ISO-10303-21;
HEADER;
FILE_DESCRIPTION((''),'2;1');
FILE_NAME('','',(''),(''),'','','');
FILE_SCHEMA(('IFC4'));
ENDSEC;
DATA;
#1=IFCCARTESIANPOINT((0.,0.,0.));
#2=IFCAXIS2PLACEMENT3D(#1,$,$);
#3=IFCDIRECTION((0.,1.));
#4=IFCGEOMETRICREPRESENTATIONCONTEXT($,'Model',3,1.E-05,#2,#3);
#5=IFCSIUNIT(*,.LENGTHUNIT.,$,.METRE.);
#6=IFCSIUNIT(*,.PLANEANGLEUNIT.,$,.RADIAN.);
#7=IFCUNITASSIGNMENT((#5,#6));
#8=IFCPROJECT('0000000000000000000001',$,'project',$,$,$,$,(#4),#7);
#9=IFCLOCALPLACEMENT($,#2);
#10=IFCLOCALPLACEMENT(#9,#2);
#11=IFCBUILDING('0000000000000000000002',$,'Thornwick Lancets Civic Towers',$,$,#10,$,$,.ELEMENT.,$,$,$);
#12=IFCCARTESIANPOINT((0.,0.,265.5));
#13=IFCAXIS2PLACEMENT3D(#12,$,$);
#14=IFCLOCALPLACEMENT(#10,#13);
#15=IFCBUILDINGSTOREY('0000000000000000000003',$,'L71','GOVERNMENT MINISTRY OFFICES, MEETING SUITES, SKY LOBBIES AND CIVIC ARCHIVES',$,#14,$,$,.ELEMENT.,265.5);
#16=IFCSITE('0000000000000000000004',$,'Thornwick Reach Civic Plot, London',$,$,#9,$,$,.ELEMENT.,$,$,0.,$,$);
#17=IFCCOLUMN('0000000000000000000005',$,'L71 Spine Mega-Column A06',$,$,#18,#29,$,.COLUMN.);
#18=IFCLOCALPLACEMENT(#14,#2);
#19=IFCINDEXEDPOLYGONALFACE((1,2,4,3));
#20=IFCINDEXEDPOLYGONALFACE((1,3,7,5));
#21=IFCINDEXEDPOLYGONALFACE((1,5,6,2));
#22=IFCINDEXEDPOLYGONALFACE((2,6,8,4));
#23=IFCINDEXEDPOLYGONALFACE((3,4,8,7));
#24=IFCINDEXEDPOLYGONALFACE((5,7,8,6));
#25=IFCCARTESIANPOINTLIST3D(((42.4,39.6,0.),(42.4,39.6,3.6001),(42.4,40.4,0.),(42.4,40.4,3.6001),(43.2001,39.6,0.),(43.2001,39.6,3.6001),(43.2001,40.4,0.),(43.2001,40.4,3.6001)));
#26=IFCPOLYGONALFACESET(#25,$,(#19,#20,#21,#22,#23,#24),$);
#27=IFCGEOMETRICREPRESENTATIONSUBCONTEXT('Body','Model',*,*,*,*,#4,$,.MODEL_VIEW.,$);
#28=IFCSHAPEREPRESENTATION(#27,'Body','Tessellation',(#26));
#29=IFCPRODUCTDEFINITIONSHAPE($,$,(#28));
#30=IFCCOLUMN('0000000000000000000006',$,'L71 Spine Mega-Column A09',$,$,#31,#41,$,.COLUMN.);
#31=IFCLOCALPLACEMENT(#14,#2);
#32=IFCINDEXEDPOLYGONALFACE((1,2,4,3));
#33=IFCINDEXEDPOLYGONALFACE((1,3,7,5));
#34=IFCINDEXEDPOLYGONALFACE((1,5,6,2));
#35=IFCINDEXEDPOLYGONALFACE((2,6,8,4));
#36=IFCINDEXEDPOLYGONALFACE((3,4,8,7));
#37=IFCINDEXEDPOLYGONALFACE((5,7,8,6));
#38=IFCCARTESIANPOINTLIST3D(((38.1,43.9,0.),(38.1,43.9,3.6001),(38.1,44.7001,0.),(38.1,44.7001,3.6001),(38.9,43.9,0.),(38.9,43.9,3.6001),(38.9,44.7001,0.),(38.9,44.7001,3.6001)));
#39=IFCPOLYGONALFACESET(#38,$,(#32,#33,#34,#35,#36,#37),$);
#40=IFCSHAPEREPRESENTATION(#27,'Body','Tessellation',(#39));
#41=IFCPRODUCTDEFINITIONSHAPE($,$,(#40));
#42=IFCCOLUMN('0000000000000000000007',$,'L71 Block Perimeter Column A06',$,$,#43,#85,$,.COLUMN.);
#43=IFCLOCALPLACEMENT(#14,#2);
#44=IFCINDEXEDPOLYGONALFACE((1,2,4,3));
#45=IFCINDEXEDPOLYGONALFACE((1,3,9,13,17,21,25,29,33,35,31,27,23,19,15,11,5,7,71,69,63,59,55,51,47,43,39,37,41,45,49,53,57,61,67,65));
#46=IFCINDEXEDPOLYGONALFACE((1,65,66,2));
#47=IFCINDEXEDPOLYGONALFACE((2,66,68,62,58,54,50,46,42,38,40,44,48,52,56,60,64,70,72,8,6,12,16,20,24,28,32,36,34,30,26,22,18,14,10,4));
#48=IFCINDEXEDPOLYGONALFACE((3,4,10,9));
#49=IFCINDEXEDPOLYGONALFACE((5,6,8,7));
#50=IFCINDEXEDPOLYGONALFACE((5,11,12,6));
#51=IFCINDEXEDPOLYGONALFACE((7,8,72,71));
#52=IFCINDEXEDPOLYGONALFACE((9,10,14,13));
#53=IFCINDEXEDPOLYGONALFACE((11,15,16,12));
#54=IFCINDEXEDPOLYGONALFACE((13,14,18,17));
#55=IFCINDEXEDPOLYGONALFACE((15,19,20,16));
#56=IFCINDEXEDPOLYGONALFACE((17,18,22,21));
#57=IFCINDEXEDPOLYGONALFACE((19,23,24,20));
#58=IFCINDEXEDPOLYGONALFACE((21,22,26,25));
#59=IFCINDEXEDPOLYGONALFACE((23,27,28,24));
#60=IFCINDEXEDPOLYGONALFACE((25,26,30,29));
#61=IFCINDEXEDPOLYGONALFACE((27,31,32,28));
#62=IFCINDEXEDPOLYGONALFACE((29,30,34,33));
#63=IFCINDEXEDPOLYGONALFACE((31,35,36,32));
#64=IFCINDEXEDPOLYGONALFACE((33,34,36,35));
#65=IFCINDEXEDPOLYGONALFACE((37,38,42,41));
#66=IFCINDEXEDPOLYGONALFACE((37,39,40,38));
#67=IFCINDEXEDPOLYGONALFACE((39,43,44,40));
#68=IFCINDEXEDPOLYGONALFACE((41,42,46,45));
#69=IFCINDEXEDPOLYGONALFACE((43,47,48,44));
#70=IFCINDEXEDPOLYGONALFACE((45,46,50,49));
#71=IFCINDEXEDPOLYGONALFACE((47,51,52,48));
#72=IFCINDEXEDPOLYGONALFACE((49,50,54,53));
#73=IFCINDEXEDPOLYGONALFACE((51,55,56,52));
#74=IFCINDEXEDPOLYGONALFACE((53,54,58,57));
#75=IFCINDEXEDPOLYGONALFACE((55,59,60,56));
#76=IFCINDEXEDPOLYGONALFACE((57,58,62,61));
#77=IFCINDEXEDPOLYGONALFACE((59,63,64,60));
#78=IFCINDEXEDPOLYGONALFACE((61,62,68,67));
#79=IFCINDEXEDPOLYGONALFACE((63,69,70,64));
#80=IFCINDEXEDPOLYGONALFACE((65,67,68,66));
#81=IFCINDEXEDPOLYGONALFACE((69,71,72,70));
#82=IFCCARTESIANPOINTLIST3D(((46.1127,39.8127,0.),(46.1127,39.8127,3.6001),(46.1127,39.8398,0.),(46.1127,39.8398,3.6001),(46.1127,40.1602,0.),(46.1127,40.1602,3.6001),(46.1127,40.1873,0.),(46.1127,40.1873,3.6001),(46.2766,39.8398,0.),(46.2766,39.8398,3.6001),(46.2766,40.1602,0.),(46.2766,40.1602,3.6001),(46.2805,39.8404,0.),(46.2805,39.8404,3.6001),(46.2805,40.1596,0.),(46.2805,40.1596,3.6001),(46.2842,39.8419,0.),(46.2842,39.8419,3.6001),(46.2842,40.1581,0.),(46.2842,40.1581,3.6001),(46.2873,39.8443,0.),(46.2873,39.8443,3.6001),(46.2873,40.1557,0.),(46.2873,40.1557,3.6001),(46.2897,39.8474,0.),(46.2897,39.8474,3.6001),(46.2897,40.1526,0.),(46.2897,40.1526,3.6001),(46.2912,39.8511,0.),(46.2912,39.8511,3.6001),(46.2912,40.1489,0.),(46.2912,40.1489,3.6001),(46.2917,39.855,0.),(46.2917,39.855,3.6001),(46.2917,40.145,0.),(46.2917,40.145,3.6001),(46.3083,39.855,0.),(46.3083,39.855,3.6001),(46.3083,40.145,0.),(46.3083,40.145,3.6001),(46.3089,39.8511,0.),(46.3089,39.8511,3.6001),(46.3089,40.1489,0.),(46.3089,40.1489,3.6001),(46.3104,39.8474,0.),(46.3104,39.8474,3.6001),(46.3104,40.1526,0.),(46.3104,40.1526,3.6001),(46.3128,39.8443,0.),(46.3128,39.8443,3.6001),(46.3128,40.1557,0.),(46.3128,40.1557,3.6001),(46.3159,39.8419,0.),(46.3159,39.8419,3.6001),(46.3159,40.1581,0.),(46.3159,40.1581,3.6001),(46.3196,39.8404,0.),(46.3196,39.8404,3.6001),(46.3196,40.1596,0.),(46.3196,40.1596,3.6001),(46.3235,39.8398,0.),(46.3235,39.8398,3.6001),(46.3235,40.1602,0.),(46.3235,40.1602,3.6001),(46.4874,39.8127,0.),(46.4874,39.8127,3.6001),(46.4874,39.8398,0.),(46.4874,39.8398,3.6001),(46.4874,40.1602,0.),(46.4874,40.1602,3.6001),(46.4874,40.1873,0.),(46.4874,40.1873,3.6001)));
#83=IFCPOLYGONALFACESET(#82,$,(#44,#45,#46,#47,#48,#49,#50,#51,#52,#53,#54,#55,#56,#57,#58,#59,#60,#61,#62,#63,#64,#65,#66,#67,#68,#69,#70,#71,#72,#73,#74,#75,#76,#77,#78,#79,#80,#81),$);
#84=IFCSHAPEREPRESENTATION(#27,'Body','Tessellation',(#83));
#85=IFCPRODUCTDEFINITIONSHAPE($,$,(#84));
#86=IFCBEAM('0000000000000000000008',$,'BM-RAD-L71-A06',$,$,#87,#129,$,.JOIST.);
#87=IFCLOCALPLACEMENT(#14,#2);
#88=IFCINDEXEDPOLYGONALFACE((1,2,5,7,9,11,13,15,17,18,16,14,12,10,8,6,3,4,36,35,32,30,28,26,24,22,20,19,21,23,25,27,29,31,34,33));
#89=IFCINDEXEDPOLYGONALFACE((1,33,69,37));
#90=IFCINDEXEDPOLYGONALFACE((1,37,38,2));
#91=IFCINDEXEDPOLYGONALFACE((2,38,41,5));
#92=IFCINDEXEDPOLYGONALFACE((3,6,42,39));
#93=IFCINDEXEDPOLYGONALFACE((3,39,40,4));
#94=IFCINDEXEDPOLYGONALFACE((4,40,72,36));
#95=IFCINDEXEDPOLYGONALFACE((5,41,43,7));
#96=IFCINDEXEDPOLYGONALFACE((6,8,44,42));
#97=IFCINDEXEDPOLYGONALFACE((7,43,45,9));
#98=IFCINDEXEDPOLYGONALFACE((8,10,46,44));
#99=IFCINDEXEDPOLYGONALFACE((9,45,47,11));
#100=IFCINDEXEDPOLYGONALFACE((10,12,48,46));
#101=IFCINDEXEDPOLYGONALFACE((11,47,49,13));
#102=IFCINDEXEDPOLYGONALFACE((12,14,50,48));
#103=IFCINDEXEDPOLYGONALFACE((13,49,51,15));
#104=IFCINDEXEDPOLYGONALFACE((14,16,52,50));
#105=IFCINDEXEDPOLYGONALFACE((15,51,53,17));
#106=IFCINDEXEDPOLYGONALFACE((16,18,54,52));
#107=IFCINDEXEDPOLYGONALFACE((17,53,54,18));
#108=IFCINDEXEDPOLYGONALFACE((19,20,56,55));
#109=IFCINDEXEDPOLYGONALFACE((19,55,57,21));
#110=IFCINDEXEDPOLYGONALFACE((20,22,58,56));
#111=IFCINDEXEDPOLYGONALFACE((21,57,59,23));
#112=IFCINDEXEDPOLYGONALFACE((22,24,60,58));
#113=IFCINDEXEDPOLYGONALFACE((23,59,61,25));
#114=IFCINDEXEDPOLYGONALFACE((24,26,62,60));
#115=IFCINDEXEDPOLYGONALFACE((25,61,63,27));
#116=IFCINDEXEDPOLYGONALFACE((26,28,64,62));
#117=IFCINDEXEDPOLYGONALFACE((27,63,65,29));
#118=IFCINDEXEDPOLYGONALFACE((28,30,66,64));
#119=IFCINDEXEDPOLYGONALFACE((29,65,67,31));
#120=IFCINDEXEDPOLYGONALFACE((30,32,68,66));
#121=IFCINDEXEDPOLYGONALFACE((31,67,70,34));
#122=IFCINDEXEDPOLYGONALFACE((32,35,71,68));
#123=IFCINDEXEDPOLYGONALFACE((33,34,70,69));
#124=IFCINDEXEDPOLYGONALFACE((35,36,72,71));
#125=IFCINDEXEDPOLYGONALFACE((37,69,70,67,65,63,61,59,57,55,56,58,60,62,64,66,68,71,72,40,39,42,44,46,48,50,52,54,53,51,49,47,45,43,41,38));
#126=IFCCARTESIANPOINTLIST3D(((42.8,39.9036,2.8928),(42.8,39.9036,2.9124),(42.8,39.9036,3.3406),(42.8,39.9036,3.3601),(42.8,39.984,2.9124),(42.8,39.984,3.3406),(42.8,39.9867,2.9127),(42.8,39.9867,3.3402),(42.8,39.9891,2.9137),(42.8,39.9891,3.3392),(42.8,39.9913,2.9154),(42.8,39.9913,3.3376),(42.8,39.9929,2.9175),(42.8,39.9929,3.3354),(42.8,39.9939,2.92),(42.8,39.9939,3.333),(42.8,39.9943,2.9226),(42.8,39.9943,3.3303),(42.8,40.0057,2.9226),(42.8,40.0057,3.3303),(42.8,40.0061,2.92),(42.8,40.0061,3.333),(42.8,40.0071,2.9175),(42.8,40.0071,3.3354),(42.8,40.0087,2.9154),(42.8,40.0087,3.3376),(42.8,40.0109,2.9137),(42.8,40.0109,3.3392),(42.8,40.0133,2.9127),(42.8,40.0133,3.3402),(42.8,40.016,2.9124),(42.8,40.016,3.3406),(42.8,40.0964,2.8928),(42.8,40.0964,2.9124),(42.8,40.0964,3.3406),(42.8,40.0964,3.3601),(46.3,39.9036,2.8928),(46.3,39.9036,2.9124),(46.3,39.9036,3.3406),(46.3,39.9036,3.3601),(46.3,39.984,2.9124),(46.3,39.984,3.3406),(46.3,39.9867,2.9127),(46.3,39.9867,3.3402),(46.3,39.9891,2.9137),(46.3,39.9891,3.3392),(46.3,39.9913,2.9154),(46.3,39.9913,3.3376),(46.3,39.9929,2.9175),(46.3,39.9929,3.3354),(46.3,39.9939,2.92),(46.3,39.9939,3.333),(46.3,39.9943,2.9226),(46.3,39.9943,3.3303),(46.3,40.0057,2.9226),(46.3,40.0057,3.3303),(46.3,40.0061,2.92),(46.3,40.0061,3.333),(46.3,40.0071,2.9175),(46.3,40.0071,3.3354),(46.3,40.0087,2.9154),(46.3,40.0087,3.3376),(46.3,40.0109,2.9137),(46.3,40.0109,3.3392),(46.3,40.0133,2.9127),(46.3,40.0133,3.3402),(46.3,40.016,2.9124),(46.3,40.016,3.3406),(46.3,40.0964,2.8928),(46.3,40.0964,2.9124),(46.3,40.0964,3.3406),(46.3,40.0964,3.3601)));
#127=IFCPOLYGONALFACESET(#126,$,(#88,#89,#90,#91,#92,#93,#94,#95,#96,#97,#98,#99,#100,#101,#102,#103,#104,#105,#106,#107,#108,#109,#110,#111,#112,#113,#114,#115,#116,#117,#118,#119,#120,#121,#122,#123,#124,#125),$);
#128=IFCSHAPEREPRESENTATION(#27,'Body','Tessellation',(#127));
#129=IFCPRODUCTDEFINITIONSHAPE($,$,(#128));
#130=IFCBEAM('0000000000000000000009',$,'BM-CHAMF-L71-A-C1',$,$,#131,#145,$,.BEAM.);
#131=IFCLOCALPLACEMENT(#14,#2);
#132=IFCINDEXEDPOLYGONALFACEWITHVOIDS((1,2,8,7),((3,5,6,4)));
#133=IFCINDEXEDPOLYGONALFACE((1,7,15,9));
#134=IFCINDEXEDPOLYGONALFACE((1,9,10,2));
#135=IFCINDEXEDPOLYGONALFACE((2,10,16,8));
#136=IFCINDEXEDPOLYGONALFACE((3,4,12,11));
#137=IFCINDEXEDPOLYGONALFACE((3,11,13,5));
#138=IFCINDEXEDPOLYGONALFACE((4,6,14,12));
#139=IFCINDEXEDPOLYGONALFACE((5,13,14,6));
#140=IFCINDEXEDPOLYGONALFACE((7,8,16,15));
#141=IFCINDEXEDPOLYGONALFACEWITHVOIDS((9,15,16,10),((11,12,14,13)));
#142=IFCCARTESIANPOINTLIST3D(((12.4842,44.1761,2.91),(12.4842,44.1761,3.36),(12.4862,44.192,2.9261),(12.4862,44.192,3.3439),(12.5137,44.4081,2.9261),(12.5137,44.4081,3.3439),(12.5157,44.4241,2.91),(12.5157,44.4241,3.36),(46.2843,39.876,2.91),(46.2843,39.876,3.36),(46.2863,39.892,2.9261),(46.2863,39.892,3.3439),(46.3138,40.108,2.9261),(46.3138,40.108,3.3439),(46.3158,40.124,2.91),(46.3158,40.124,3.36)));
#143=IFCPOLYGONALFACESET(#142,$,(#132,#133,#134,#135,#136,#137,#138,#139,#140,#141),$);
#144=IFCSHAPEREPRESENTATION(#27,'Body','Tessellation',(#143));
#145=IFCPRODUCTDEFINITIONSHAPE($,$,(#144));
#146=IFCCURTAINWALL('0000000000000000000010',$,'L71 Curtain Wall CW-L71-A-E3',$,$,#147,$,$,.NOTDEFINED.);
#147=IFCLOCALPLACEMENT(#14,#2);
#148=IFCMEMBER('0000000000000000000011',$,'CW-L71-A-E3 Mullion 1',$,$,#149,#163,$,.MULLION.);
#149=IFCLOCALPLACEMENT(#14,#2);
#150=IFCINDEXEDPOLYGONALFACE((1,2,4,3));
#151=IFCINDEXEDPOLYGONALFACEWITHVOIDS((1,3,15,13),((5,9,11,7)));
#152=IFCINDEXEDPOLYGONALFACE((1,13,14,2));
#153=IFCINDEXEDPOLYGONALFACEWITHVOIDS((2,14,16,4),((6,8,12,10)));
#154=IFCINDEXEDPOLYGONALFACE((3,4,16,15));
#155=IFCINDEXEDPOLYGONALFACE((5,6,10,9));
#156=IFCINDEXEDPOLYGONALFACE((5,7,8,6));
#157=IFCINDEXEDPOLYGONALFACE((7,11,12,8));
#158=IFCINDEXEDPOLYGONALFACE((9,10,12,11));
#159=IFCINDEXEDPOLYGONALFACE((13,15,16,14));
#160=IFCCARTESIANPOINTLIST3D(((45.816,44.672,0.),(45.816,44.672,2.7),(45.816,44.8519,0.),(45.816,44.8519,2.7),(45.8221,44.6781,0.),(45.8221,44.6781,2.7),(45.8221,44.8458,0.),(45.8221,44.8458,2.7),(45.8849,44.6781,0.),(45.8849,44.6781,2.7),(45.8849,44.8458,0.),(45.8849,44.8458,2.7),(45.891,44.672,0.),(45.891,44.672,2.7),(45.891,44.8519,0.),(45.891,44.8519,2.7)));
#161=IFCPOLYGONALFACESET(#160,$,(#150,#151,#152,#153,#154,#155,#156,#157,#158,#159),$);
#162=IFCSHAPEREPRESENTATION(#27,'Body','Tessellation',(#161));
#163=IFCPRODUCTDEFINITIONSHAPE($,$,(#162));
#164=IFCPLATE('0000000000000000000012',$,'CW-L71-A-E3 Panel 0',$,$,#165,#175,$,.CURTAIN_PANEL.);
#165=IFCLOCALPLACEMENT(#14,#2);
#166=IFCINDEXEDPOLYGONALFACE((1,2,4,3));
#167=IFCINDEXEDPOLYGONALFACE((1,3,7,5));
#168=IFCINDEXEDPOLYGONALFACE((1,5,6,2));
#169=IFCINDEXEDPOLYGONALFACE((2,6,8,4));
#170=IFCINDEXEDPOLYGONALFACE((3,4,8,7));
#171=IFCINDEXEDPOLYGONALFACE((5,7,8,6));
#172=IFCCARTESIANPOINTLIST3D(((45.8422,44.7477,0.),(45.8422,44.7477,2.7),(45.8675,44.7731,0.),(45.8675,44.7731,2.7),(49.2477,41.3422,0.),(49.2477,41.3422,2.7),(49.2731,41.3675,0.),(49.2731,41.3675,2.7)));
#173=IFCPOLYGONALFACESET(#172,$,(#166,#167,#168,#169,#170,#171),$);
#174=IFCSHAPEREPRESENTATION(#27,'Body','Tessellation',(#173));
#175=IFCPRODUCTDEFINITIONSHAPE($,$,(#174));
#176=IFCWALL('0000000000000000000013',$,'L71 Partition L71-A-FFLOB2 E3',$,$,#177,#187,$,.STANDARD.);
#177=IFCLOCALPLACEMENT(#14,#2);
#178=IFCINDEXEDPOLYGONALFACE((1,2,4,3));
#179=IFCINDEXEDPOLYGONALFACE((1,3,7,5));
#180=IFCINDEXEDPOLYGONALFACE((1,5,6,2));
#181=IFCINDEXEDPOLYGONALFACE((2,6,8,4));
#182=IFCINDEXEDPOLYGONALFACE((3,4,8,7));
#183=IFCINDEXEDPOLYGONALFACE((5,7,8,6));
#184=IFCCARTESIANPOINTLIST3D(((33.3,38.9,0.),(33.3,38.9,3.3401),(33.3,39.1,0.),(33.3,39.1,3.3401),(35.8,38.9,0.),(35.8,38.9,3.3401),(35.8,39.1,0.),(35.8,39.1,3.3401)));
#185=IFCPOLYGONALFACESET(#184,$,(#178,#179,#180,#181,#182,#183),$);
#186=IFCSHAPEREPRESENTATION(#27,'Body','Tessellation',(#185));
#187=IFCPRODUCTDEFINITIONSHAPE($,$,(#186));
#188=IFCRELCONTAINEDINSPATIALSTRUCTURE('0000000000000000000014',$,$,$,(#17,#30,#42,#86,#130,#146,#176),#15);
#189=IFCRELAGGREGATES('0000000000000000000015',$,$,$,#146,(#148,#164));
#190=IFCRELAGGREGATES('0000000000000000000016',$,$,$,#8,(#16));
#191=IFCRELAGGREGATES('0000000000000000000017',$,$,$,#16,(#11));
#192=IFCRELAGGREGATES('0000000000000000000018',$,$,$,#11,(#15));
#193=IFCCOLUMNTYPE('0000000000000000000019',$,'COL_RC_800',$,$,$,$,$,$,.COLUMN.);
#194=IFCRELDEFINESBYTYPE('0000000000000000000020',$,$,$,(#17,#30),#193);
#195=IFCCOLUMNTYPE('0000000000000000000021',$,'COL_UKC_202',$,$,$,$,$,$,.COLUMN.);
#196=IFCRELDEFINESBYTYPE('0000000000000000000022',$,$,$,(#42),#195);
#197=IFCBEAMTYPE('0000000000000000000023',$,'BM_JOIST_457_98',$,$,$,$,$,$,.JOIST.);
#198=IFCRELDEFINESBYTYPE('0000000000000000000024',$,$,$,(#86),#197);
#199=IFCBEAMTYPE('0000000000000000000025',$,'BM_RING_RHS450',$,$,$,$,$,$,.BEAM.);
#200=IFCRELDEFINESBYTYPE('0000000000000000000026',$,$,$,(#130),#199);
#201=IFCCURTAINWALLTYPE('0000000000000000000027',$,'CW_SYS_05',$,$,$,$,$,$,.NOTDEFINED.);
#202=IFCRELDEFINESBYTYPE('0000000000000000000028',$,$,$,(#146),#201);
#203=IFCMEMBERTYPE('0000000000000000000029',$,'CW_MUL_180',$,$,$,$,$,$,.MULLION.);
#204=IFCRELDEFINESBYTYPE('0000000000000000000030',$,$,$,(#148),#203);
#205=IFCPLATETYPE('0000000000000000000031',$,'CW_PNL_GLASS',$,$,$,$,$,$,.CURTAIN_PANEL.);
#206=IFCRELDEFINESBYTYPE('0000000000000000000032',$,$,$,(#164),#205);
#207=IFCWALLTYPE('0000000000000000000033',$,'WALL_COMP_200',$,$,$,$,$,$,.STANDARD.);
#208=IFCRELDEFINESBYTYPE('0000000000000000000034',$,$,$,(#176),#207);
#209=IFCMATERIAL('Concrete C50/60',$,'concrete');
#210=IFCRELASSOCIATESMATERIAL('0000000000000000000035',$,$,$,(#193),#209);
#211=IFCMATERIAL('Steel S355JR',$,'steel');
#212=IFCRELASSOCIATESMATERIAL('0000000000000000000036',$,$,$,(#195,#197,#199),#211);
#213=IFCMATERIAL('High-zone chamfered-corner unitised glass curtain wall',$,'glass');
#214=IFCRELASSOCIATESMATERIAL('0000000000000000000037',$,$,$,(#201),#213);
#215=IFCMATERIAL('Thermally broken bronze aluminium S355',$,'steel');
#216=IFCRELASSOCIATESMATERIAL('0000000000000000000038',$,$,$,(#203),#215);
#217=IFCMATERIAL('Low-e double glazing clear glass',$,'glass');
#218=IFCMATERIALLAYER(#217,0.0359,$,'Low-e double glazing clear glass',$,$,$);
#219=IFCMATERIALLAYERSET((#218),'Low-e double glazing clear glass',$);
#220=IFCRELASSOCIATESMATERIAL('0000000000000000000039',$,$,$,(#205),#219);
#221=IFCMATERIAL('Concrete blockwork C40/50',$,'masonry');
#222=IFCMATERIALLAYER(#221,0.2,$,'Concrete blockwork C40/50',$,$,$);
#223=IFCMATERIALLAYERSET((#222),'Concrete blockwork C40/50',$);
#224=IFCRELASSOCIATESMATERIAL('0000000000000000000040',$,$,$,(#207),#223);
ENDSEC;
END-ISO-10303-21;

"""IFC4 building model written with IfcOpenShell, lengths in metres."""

from ifc_helpers import new_model, si_unit, direction, frame, frame_2d, origin, origin_2d, place, context, subcontext, project, spatial, rectangle, hollow_rectangle, i_section, extrude, material, layer, layer_set, material_profile, profile_set, type_object, element, aggregate, save


model = new_model("IFC4")

# Units and contexts
model_context = context("Model", 3, precision=1e-05, world=origin(), true_north=direction((0.0, 1.0)))
body_context = subcontext(model_context, "Body", "Model", "MODEL_VIEW")
ifc_project = project(units=[si_unit("LENGTHUNIT", "METRE"), si_unit("PLANEANGLEUNIT", "RADIAN")], contexts=[model_context])

# Site, building, storey
site_placement = place(None, origin())
site = spatial("IfcSite", under=ifc_project, at=site_placement, Name="Thornwick Reach Civic Plot, London", CompositionType="ELEMENT", RefElevation=0.0)
building_placement = place(site_placement, origin())
building = spatial("IfcBuilding", under=site, at=building_placement, Name="Thornwick Lancets Civic Towers", CompositionType="ELEMENT")
storey_placement = place(building_placement, frame((0.0, 0.0, 265.5)))
storey = spatial("IfcBuildingStorey", under=building, at=storey_placement, Name="L71", Description="GOVERNMENT MINISTRY OFFICES, MEETING SUITES, SKY LOBBIES AND CIVIC ARCHIVES", CompositionType="ELEMENT", Elevation=265.5)

# Columns
ifc_material_1 = material(Name="Concrete C50/60", Category="concrete")
ifc_material_profile_1 = material_profile(ifc_material_1, rectangle(XDim=0.8, YDim=0.8, at=origin_2d()), Name="RC 800x800")
ifc_profile_set_1 = profile_set([ifc_material_profile_1], Name="Concrete C50/60")
column_type_1 = type_object("IfcColumnType", Name="COL_RC_800", PredefinedType="COLUMN", material=ifc_profile_set_1)
for number, where, z_axis, x_axis, name in (
    (1, (42.8, 40.0, 0.0), (0.0, 0.0, 1.0), (1.0, 0.0, 0.0), "L71 Spine Mega-Column A06"),
    (2, (38.5, 44.3, 0.0), (0.0, 0.0, 1.0), (1.0, 0.0, 0.0), "L71 Spine Mega-Column A09"),
):
    element("IfcColumn", number, at=place(storey_placement, frame(where, z_axis=z_axis, x_axis=x_axis)), inside=storey, type_object=column_type_1, Name=name, PredefinedType="COLUMN", context=body_context, shape_type="SweptSolid", body=[
        extrude(rectangle(XDim=0.8, YDim=0.8, at=origin_2d()), origin(), (0.0, 0.0, 1.0), 3.6001),
    ])
ifc_material_2 = material(Name="Steel S355JR", Category="steel")
ifc_material_profile_2 = material_profile(ifc_material_2, i_section(OverallWidth=0.3748, OverallDepth=0.3745, WebThickness=0.0166, FlangeThickness=0.0271, FilletRadius=0.0151, at=origin_2d()), Name="UKC 356x368x202")
ifc_profile_set_2 = profile_set([ifc_material_profile_2], Name="Steel S355JR")
column_type_2 = type_object("IfcColumnType", Name="COL_UKC_202", PredefinedType="COLUMN", material=ifc_profile_set_2)
column_placement = place(storey_placement, frame((46.3, 40.0, 0.0), z_axis=(0.0, 0.0, 1.0), x_axis=(1.0, 0.0, 0.0)))
element("IfcColumn", 3, at=column_placement, inside=storey, type_object=column_type_2, Name="L71 Block Perimeter Column A06", PredefinedType="COLUMN", context=body_context, shape_type="SweptSolid", body=[
    extrude(i_section(OverallWidth=0.3748, OverallDepth=0.3745, WebThickness=0.0166, FlangeThickness=0.0271, FilletRadius=0.0151, at=origin_2d()), origin(), (0.0, 0.0, 1.0), 3.6001),
])

# Beams
ifc_material_profile_3 = material_profile(ifc_material_2, i_section(OverallWidth=0.1929, OverallDepth=0.4673, WebThickness=0.0115, FlangeThickness=0.0195, FilletRadius=0.0103, at=origin_2d()), Name="UKB 457x191x98")
ifc_profile_set_3 = profile_set([ifc_material_profile_3], Name="Steel S355JR")
beam_type_1 = type_object("IfcBeamType", Name="BM_JOIST_457_98", PredefinedType="JOIST", material=ifc_profile_set_3)
beam_1_placement = place(storey_placement, frame((42.8, 40.0, 3.1265), z_axis=(1.0, 0.0, 0.0), x_axis=(0.0, 1.0, 0.0)))
element("IfcBeam", 4, at=beam_1_placement, inside=storey, type_object=beam_type_1, Name="BM-RAD-L71-A06", PredefinedType="JOIST", context=body_context, shape_type="SweptSolid", body=[
    extrude(i_section(OverallWidth=0.1929, OverallDepth=0.4673, WebThickness=0.0115, FlangeThickness=0.0195, FilletRadius=0.0103, at=origin_2d()), origin(), (0.0, 0.0, 1.0), 3.5),
])
ifc_material_profile_4 = material_profile(ifc_material_2, hollow_rectangle(XDim=0.25, YDim=0.45, WallThickness=0.0161, at=origin_2d()), Name="RHS 450x250x16")
ifc_profile_set_4 = profile_set([ifc_material_profile_4], Name="Steel S355JR")
beam_type_2 = type_object("IfcBeamType", Name="BM_RING_RHS450", PredefinedType="BEAM", material=ifc_profile_set_4)
beam_2_placement = place(storey_placement, frame((46.3, 40.0, 3.135), z_axis=(-0.992004, 0.126203, 0.0), x_axis=(-0.126203, -0.992004, 0.0)))
element("IfcBeam", 5, at=beam_2_placement, inside=storey, type_object=beam_type_2, Name="BM-CHAMF-L71-A-C1", PredefinedType="BEAM", context=body_context, shape_type="SweptSolid", body=[
    extrude(hollow_rectangle(XDim=0.25, YDim=0.45, WallThickness=0.0161, at=origin_2d()), origin(), (0.0, 0.0, 1.0), 34.0725),
])

# Curtain wall, member, plate
ifc_material_3 = material(Name="High-zone chamfered-corner unitised glass curtain wall", Category="glass")
curtain_wall_type = type_object("IfcCurtainWallType", Name="CW_SYS_05", PredefinedType="NOTDEFINED", material=ifc_material_3)
curtain_wall_placement = place(storey_placement, origin())
curtain_wall = element("IfcCurtainWall", 6, at=curtain_wall_placement, inside=storey, type_object=curtain_wall_type, Name="L71 Curtain Wall CW-L71-A-E3", PredefinedType="NOTDEFINED")
ifc_material_4 = material(Name="Thermally broken bronze aluminium S355", Category="steel")
ifc_material_profile_5 = material_profile(ifc_material_4, hollow_rectangle(XDim=0.075, YDim=0.1799, WallThickness=0.0061, at=origin_2d()), Name="RHS 180x75x6")
ifc_profile_set_5 = profile_set([ifc_material_profile_5], Name="Thermally broken bronze aluminium S355")
member_type = type_object("IfcMemberType", Name="CW_MUL_180", PredefinedType="MULLION", material=ifc_profile_set_5)
member_placement = place(storey_placement, frame((45.8535, 44.762, 0.0), z_axis=(0.0, 0.0, 1.0), x_axis=(1.0, 0.0, 0.0)))
member = element("IfcMember", 7, at=member_placement, type_object=member_type, Name="CW-L71-A-E3 Mullion 1", PredefinedType="MULLION", context=body_context, shape_type="SweptSolid", body=[
    extrude(hollow_rectangle(XDim=0.075, YDim=0.1799, WallThickness=0.0061, at=origin_2d()), origin(), (0.0, 0.0, 1.0), 2.7),
])
ifc_material_5 = material(Name="Low-e double glazing clear glass", Category="glass")
ifc_layer_1 = layer(ifc_material_5, 0.0359, Name="Low-e double glazing clear glass")
ifc_layer_set_1 = layer_set([ifc_layer_1], Name="Low-e double glazing clear glass")
plate_type = type_object("IfcPlateType", Name="CW_PNL_GLASS", PredefinedType="CURTAIN_PANEL", material=ifc_layer_set_1)
plate_placement = place(storey_placement, frame((47.5576, 43.0576, 0.0), z_axis=(0.0, 0.0, 1.0), x_axis=(-0.707107, 0.707107, 0.0)))
plate = element("IfcPlate", 8, at=plate_placement, type_object=plate_type, Name="CW-L71-A-E3 Panel 0", PredefinedType="CURTAIN_PANEL", context=body_context, shape_type="SweptSolid", body=[
    extrude(rectangle(XDim=4.8162, YDim=0.0359, at=origin_2d()), origin(), (0.0, 0.0, 1.0), 2.7),
])
aggregate(curtain_wall, [member, plate])

# Wall
ifc_material_6 = material(Name="Concrete blockwork C40/50", Category="masonry")
ifc_layer_2 = layer(ifc_material_6, 0.2, Name="Concrete blockwork C40/50")
ifc_layer_set_2 = layer_set([ifc_layer_2], Name="Concrete blockwork C40/50")
wall_type_1 = type_object("IfcWallType", Name="WALL_COMP_200", PredefinedType="STANDARD", material=ifc_layer_set_2)
wall_1_placement = place(storey_placement, frame((35.8, 39.0, 0.0), z_axis=(0.0, 0.0, 1.0), x_axis=(-1.0, 0.0, 0.0)))
element("IfcWall", 9, at=wall_1_placement, inside=storey, type_object=wall_type_1, Name="L71 Partition L71-A-FFLOB2 E3", PredefinedType="STANDARD", context=body_context, shape_type="SweptSolid", body=[
    extrude(rectangle(XDim=2.5, YDim=0.2, at=frame_2d((1.25, 0.0))), origin(), (0.0, 0.0, 1.0), 3.3401),
])

save(model, "model.ifc")
